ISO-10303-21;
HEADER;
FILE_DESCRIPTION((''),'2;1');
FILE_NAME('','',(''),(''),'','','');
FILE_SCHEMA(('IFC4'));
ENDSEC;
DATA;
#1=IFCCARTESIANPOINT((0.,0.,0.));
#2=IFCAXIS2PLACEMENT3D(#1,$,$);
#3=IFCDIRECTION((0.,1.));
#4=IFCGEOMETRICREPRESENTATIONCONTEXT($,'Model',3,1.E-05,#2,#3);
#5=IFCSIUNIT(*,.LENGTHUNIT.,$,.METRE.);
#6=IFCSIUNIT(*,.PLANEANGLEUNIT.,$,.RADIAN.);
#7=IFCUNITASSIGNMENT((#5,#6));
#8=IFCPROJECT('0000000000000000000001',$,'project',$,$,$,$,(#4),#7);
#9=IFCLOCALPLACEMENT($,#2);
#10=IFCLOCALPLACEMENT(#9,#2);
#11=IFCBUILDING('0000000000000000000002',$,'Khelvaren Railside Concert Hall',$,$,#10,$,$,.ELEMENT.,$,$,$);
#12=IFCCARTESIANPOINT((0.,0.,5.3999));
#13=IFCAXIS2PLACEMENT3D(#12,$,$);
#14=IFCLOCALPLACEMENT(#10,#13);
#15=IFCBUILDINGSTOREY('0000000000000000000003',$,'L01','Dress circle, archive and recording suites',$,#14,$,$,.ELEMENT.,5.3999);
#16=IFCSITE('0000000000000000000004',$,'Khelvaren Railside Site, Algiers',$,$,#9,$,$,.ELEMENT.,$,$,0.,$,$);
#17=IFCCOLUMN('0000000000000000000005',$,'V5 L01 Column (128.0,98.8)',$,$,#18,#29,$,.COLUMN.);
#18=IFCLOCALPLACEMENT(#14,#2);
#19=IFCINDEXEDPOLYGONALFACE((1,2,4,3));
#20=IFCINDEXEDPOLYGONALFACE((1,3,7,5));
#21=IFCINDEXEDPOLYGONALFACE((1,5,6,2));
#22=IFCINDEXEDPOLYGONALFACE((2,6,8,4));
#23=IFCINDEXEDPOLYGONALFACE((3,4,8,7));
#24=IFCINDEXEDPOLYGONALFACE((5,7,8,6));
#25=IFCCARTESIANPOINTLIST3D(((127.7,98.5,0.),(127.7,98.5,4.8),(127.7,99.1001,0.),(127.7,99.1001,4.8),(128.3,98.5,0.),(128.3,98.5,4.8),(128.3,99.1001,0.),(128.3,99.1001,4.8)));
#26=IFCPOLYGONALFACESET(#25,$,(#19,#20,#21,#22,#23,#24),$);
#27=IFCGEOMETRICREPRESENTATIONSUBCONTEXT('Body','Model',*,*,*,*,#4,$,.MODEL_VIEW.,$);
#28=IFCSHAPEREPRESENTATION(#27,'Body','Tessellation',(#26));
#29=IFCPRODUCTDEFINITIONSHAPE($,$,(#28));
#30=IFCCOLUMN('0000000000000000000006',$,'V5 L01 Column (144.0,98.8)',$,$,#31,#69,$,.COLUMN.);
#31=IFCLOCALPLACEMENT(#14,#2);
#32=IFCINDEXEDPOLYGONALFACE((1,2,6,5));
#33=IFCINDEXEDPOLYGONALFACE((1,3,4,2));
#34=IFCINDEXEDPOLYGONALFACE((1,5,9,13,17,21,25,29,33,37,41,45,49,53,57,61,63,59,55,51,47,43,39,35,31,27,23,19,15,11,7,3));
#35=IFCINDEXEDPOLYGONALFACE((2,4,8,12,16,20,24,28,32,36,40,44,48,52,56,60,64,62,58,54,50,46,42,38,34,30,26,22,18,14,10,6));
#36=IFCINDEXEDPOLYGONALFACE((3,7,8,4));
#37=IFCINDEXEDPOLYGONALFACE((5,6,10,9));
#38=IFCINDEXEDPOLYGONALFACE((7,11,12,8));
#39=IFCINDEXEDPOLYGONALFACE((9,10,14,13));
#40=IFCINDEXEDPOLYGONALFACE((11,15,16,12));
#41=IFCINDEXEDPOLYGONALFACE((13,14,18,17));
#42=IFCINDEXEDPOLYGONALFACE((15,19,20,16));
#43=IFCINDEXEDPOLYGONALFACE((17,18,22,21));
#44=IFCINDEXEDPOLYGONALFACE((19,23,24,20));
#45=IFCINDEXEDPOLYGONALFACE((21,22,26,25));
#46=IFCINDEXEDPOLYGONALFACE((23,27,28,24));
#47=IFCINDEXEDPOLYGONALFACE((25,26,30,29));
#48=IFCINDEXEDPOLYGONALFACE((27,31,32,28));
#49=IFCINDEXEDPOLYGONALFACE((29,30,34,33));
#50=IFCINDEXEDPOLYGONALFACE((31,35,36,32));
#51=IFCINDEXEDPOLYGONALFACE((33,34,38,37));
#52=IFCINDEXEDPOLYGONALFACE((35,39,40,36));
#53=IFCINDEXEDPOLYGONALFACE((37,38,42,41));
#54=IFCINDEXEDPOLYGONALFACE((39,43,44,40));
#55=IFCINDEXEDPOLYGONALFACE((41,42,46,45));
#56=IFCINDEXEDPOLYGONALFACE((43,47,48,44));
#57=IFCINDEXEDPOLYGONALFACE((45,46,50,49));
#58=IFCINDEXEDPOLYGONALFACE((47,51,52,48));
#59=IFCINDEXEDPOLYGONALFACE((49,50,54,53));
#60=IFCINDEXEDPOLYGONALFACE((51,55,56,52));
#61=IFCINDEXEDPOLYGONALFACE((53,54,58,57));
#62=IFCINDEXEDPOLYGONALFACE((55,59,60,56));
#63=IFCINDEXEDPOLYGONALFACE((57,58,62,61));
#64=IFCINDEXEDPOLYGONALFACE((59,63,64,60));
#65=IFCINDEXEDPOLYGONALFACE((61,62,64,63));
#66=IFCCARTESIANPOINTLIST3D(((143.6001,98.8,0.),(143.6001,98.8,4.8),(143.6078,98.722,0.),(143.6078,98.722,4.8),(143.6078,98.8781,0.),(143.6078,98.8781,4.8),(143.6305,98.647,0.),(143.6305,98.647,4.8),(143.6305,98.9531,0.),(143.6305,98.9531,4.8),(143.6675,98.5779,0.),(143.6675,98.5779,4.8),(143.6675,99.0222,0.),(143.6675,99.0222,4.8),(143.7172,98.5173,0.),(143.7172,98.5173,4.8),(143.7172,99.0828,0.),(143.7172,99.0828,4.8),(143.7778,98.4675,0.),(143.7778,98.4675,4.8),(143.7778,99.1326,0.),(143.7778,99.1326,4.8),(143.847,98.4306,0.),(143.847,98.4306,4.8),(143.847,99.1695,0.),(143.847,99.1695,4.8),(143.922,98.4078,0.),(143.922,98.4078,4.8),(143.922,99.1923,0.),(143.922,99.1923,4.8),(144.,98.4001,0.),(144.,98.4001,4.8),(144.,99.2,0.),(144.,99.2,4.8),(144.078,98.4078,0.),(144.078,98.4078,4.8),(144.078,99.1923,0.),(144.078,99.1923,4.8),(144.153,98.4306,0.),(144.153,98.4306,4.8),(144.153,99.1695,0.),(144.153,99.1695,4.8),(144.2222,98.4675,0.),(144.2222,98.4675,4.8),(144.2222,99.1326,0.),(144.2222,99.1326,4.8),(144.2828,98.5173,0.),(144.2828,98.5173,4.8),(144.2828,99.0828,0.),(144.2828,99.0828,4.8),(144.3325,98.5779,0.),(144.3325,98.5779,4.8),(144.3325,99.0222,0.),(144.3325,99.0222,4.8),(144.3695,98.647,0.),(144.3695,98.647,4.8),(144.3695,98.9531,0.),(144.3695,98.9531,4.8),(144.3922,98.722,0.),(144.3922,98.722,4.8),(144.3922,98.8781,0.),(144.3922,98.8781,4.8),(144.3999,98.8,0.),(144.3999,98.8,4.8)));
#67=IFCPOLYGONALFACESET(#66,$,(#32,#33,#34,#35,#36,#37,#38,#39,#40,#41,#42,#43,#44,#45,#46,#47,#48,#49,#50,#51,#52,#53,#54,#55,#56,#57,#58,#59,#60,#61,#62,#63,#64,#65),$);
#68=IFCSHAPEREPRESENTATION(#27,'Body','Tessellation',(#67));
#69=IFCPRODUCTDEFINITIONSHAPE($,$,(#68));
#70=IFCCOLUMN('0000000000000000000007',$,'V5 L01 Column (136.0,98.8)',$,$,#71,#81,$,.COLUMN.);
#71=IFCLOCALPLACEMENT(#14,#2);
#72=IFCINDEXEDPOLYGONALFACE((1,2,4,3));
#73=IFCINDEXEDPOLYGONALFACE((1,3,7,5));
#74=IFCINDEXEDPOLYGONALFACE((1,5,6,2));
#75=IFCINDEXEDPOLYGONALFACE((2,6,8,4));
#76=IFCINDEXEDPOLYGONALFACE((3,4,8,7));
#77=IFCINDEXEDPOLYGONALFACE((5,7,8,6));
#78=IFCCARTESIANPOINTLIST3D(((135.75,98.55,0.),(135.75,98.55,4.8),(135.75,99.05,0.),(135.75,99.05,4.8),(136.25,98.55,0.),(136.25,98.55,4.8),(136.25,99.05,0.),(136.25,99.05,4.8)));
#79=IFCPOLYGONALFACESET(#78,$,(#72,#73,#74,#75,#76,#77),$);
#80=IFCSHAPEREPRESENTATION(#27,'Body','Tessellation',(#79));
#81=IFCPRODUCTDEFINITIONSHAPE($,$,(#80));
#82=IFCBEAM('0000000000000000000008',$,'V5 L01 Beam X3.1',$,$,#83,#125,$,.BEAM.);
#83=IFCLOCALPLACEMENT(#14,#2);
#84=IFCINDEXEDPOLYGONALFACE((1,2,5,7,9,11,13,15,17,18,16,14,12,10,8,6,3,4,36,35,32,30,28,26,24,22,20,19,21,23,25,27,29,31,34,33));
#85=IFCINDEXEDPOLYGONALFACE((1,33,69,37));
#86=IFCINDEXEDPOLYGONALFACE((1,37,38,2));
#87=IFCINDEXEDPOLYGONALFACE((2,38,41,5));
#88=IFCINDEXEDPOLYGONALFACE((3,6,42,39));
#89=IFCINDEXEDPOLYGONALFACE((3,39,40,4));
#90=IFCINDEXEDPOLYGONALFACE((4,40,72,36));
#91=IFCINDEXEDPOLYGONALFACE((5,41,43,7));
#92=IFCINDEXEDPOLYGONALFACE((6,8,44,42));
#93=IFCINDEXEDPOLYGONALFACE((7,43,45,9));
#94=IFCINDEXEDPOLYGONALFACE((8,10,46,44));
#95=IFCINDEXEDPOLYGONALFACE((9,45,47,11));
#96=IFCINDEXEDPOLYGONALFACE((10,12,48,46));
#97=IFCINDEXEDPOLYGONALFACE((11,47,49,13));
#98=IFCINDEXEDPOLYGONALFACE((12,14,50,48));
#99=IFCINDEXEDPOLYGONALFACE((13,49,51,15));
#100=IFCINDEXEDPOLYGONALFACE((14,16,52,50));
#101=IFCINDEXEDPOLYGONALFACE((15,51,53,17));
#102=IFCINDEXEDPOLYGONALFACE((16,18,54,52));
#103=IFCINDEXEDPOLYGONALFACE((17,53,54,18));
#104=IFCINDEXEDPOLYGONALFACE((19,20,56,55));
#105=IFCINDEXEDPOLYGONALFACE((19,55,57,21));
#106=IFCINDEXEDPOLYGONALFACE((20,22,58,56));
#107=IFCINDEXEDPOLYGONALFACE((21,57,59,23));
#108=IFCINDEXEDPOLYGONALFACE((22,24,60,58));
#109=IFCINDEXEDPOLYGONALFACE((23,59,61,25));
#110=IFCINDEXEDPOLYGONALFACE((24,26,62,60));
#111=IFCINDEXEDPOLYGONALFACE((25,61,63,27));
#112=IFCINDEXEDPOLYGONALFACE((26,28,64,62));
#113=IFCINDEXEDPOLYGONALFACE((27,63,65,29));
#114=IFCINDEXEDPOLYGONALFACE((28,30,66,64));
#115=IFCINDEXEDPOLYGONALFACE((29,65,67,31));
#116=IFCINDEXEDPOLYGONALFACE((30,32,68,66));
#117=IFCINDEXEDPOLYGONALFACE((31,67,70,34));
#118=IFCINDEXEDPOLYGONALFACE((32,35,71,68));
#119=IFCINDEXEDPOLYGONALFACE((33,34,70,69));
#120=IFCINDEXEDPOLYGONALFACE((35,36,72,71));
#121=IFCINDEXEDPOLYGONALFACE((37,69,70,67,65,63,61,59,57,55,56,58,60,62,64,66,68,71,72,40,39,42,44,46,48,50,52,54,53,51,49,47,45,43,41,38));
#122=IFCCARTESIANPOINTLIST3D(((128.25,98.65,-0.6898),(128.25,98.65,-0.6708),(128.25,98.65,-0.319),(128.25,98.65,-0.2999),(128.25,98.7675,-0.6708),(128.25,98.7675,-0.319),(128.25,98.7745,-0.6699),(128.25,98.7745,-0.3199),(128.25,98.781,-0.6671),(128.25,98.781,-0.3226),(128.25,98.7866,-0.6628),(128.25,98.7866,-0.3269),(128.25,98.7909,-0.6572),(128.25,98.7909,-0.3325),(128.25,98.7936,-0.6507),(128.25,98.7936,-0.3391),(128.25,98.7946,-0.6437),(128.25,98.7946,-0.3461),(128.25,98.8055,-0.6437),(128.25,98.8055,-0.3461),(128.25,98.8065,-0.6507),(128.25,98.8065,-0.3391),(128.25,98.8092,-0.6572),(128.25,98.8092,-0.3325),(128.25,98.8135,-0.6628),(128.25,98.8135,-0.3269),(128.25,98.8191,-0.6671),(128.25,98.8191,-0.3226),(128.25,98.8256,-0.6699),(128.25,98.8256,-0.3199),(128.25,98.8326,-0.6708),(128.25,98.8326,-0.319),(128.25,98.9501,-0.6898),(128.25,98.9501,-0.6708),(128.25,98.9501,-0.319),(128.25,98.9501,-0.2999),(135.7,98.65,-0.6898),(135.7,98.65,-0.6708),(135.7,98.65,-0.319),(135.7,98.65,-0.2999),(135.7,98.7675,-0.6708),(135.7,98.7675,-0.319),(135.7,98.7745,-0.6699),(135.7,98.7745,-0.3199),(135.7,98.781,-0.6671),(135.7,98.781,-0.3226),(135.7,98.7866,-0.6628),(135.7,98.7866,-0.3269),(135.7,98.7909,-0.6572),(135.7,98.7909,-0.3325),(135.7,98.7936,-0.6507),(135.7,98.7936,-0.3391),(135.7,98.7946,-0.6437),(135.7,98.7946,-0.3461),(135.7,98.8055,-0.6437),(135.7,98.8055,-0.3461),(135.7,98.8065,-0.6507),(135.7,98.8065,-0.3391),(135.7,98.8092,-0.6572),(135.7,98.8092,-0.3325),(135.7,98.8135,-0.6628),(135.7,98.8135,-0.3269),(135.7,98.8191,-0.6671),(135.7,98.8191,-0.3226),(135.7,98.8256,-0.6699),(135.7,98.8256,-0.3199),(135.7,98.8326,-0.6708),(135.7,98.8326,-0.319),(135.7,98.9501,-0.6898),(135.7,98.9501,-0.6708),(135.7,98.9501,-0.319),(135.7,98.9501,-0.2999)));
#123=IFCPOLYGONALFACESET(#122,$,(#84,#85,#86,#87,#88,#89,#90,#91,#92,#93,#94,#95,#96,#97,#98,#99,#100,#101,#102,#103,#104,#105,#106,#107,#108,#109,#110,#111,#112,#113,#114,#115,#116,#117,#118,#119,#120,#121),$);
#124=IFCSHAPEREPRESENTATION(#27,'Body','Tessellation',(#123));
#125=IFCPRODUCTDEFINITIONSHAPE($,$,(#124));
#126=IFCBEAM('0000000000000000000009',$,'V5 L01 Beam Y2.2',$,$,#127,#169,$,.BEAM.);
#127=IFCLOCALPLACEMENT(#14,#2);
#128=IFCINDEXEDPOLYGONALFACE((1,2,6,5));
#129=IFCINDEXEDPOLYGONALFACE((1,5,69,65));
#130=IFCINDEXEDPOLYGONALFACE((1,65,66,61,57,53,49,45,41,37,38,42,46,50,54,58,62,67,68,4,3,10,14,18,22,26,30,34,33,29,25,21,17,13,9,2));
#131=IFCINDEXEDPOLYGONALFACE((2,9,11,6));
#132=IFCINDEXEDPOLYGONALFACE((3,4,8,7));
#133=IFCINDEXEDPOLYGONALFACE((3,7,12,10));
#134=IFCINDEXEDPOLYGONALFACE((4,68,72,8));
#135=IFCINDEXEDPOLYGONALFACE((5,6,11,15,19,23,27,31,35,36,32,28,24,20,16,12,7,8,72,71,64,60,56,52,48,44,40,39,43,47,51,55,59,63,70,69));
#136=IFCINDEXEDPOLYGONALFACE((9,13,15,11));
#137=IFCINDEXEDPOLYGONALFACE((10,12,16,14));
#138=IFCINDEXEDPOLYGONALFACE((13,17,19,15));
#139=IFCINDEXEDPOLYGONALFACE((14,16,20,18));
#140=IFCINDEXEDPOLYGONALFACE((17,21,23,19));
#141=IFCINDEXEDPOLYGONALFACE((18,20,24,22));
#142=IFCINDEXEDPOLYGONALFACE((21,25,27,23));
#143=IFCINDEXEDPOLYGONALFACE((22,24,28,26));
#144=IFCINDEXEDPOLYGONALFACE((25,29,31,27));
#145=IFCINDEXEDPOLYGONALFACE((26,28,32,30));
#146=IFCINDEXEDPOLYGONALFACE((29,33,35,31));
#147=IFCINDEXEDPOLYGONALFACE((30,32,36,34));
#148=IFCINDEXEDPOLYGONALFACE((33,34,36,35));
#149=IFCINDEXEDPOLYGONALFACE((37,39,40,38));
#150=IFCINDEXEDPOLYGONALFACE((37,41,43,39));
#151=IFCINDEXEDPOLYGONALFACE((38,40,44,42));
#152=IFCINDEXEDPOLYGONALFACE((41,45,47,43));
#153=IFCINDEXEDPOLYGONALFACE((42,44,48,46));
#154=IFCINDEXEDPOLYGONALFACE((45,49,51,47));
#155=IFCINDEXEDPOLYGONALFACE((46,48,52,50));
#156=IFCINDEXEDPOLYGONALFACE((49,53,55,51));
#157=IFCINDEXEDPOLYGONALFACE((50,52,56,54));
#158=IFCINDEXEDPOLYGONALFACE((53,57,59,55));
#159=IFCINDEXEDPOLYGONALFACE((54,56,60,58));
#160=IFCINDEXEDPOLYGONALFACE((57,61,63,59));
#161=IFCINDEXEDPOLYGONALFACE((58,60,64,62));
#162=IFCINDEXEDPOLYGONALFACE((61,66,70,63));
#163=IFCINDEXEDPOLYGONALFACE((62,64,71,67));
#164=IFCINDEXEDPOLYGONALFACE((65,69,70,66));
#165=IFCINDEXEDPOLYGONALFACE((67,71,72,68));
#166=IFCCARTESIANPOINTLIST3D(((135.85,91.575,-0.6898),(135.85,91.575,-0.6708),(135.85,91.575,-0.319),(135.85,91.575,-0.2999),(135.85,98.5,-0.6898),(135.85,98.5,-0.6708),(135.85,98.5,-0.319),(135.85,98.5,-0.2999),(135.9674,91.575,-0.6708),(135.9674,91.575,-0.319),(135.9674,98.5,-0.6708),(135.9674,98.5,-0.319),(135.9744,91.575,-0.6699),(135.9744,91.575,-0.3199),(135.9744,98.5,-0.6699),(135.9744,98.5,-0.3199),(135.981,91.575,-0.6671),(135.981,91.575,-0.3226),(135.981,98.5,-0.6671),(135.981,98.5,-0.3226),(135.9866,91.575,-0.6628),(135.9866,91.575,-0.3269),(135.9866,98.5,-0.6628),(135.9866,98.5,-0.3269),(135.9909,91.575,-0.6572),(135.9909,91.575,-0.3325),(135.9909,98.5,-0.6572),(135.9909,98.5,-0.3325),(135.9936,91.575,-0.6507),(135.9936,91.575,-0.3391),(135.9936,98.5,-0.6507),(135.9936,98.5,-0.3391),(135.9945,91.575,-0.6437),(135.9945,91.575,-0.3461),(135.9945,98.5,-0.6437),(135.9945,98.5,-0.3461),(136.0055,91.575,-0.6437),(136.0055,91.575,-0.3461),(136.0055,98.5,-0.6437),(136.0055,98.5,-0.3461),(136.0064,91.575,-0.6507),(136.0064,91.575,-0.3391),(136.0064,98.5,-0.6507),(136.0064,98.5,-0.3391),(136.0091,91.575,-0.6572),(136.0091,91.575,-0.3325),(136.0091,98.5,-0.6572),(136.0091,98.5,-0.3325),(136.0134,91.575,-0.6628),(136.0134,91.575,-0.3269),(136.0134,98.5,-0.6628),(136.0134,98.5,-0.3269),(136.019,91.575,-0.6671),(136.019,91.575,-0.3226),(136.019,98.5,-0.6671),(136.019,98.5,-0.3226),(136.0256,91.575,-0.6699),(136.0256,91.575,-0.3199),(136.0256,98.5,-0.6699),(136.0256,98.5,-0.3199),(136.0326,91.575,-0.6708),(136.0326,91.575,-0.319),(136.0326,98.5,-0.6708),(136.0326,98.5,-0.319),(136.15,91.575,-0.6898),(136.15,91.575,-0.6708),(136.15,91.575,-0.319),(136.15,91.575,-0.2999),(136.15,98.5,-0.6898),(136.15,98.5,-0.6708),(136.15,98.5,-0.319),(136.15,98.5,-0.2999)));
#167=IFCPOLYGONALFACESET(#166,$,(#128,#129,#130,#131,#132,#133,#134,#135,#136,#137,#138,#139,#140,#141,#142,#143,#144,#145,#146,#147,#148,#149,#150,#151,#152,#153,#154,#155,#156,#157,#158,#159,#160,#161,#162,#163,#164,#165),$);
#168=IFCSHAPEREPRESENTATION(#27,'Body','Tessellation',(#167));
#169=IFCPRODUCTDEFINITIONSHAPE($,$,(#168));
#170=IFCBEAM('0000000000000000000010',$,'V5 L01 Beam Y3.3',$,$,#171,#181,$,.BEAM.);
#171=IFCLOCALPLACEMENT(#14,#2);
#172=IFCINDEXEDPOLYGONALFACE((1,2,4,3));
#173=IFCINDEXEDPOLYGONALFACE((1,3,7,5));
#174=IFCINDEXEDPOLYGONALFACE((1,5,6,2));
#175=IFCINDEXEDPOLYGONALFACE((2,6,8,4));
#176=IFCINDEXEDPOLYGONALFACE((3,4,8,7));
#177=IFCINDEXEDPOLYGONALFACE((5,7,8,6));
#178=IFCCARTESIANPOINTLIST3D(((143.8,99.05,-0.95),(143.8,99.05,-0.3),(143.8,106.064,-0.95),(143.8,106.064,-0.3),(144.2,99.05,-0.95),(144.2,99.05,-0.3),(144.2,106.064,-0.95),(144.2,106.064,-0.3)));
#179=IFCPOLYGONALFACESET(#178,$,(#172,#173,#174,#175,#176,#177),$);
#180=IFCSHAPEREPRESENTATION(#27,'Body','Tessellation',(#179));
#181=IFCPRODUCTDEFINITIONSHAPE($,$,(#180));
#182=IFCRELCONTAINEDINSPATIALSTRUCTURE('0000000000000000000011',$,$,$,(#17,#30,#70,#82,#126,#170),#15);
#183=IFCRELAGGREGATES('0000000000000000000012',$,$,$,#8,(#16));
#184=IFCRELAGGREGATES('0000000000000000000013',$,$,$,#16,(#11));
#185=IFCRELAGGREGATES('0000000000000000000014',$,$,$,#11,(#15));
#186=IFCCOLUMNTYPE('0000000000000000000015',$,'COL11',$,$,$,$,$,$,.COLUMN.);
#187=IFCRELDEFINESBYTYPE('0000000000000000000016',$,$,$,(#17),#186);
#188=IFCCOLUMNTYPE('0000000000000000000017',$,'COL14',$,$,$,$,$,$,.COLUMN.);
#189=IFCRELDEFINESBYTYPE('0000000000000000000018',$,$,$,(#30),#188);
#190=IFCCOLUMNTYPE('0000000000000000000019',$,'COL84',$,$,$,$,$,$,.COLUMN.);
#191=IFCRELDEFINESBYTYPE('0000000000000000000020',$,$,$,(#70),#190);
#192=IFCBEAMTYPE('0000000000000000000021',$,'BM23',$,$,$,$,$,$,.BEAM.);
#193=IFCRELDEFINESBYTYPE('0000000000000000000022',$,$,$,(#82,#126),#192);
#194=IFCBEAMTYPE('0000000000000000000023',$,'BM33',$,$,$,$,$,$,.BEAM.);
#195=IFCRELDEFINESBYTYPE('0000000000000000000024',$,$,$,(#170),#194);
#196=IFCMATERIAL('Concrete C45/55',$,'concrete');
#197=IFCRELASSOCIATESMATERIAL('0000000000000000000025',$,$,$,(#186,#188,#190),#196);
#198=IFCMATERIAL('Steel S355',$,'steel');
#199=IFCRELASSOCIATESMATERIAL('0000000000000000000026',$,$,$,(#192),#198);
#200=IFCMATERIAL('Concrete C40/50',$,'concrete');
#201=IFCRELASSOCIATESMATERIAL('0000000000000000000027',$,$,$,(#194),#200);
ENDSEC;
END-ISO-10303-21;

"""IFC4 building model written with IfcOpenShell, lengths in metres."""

from ifc_helpers import new_model, si_unit, direction, frame, origin, origin_2d, place, context, subcontext, project, spatial, rectangle, circle, i_section, extrude, material, material_profile, profile_set, type_object, element, save


model = new_model("IFC4")

# Units and contexts
model_context = context("Model", 3, precision=1e-05, world=origin(), true_north=direction((0.0, 1.0)))
body_context = subcontext(model_context, "Body", "Model", "MODEL_VIEW")
ifc_project = project(units=[si_unit("LENGTHUNIT", "METRE"), si_unit("PLANEANGLEUNIT", "RADIAN")], contexts=[model_context])

# Site, building, storey
site_placement = place(None, origin())
site = spatial("IfcSite", under=ifc_project, at=site_placement, Name="Khelvaren Railside Site, Algiers", CompositionType="ELEMENT", RefElevation=0.0)
building_placement = place(site_placement, origin())
building = spatial("IfcBuilding", under=site, at=building_placement, Name="Khelvaren Railside Concert Hall", CompositionType="ELEMENT")
storey_placement = place(building_placement, frame((0.0, 0.0, 5.3999)))
storey = spatial("IfcBuildingStorey", under=building, at=storey_placement, Name="L01", Description="Dress circle, archive and recording suites", CompositionType="ELEMENT", Elevation=5.3999)

# Columns
ifc_material_1 = material(Name="Concrete C45/55", Category="concrete")
ifc_material_profile_1 = material_profile(ifc_material_1, rectangle(XDim=0.6001, YDim=0.6001, at=origin_2d()), Name="RC 600x600")
ifc_profile_set_1 = profile_set([ifc_material_profile_1], Name="Concrete C45/55")
column_type_1 = type_object("IfcColumnType", Name="COL11", PredefinedType="COLUMN", material=ifc_profile_set_1)
column_1_placement = place(storey_placement, frame((128.0, 98.8, 0.0), z_axis=(0.0, 0.0, 1.0), x_axis=(1.0, 0.0, 0.0)))
element("IfcColumn", 1, at=column_1_placement, inside=storey, type_object=column_type_1, Name="V5 L01 Column (128.0,98.8)", PredefinedType="COLUMN", context=body_context, shape_type="SweptSolid", body=[
    extrude(rectangle(XDim=0.6001, YDim=0.6001, at=origin_2d()), origin(), (0.0, 0.0, 1.0), 4.8),
])
ifc_material_profile_2 = material_profile(ifc_material_1, circle(Radius=0.3999, at=origin_2d()), Name="RC D800")
ifc_profile_set_2 = profile_set([ifc_material_profile_2], Name="Concrete C45/55")
column_type_2 = type_object("IfcColumnType", Name="COL14", PredefinedType="COLUMN", material=ifc_profile_set_2)
column_2_placement = place(storey_placement, frame((144.0, 98.8, 0.0), z_axis=(0.0, 0.0, 1.0), x_axis=(1.0, 0.0, 0.0)))
element("IfcColumn", 2, at=column_2_placement, inside=storey, type_object=column_type_2, Name="V5 L01 Column (144.0,98.8)", PredefinedType="COLUMN", context=body_context, shape_type="SweptSolid", body=[
    extrude(circle(Radius=0.3999, at=origin_2d()), origin(), (0.0, 0.0, 1.0), 4.8),
])
ifc_material_profile_3 = material_profile(ifc_material_1, rectangle(XDim=0.5, YDim=0.5, at=origin_2d()), Name="RC 500x500")
ifc_profile_set_3 = profile_set([ifc_material_profile_3], Name="Concrete C45/55")
column_type_3 = type_object("IfcColumnType", Name="COL84", PredefinedType="COLUMN", material=ifc_profile_set_3)
column_3_placement = place(storey_placement, frame((136.0, 98.8, 0.0), z_axis=(0.0, 0.0, 1.0), x_axis=(1.0, 0.0, 0.0)))
element("IfcColumn", 3, at=column_3_placement, inside=storey, type_object=column_type_3, Name="V5 L01 Column (136.0,98.8)", PredefinedType="COLUMN", context=body_context, shape_type="SweptSolid", body=[
    extrude(rectangle(XDim=0.5, YDim=0.5, at=origin_2d()), origin(), (0.0, 0.0, 1.0), 4.8),
])

# Beams
ifc_material_2 = material(Name="Steel S355", Category="steel")
ifc_material_profile_4 = material_profile(ifc_material_2, i_section(OverallWidth=0.3, OverallDepth=0.3899, WebThickness=0.011, FlangeThickness=0.019, FilletRadius=0.0271, at=origin_2d()), Name="HEA 400")
ifc_profile_set_4 = profile_set([ifc_material_profile_4], Name="Steel S355")
beam_type_1 = type_object("IfcBeamType", Name="BM23", PredefinedType="BEAM", material=ifc_profile_set_4)
beam_1_placement = place(storey_placement, frame((128.25, 98.8, -0.4949), z_axis=(1.0, 0.0, 0.0), x_axis=(0.0, 1.0, 0.0)))
element("IfcBeam", 4, at=beam_1_placement, inside=storey, type_object=beam_type_1, Name="V5 L01 Beam X3.1", PredefinedType="BEAM", context=body_context, shape_type="SweptSolid", body=[
    extrude(i_section(OverallWidth=0.3, OverallDepth=0.3899, WebThickness=0.011, FlangeThickness=0.019, FilletRadius=0.0271, at=origin_2d()), origin(), (0.0, 0.0, 1.0), 7.45),
])
beam_2_placement = place(storey_placement, frame((136.0, 91.575, -0.4949), z_axis=(0.0, 1.0, 0.0), x_axis=(-1.0, 0.0, 0.0)))
element("IfcBeam", 5, at=beam_2_placement, inside=storey, type_object=beam_type_1, Name="V5 L01 Beam Y2.2", PredefinedType="BEAM", context=body_context, shape_type="SweptSolid", body=[
    extrude(i_section(OverallWidth=0.3, OverallDepth=0.3899, WebThickness=0.011, FlangeThickness=0.019, FilletRadius=0.0271, at=origin_2d()), origin(), (0.0, 0.0, 1.0), 6.925),
])
ifc_material_3 = material(Name="Concrete C40/50", Category="concrete")
ifc_material_profile_5 = material_profile(ifc_material_3, rectangle(XDim=0.3999, YDim=0.6499, at=origin_2d()), Name="RCB 400x650")
ifc_profile_set_5 = profile_set([ifc_material_profile_5], Name="Concrete C40/50")
beam_type_2 = type_object("IfcBeamType", Name="BM33", PredefinedType="BEAM", material=ifc_profile_set_5)
beam_3_placement = place(storey_placement, frame((144.0, 99.05, -0.625), z_axis=(0.0, 1.0, 0.0), x_axis=(-1.0, 0.0, 0.0)))
element("IfcBeam", 6, at=beam_3_placement, inside=storey, type_object=beam_type_2, Name="V5 L01 Beam Y3.3", PredefinedType="BEAM", context=body_context, shape_type="SweptSolid", body=[
    extrude(rectangle(XDim=0.3999, YDim=0.6499, at=origin_2d()), origin(), (0.0, 0.0, 1.0), 7.0139),
])

save(model, "model.ifc")
